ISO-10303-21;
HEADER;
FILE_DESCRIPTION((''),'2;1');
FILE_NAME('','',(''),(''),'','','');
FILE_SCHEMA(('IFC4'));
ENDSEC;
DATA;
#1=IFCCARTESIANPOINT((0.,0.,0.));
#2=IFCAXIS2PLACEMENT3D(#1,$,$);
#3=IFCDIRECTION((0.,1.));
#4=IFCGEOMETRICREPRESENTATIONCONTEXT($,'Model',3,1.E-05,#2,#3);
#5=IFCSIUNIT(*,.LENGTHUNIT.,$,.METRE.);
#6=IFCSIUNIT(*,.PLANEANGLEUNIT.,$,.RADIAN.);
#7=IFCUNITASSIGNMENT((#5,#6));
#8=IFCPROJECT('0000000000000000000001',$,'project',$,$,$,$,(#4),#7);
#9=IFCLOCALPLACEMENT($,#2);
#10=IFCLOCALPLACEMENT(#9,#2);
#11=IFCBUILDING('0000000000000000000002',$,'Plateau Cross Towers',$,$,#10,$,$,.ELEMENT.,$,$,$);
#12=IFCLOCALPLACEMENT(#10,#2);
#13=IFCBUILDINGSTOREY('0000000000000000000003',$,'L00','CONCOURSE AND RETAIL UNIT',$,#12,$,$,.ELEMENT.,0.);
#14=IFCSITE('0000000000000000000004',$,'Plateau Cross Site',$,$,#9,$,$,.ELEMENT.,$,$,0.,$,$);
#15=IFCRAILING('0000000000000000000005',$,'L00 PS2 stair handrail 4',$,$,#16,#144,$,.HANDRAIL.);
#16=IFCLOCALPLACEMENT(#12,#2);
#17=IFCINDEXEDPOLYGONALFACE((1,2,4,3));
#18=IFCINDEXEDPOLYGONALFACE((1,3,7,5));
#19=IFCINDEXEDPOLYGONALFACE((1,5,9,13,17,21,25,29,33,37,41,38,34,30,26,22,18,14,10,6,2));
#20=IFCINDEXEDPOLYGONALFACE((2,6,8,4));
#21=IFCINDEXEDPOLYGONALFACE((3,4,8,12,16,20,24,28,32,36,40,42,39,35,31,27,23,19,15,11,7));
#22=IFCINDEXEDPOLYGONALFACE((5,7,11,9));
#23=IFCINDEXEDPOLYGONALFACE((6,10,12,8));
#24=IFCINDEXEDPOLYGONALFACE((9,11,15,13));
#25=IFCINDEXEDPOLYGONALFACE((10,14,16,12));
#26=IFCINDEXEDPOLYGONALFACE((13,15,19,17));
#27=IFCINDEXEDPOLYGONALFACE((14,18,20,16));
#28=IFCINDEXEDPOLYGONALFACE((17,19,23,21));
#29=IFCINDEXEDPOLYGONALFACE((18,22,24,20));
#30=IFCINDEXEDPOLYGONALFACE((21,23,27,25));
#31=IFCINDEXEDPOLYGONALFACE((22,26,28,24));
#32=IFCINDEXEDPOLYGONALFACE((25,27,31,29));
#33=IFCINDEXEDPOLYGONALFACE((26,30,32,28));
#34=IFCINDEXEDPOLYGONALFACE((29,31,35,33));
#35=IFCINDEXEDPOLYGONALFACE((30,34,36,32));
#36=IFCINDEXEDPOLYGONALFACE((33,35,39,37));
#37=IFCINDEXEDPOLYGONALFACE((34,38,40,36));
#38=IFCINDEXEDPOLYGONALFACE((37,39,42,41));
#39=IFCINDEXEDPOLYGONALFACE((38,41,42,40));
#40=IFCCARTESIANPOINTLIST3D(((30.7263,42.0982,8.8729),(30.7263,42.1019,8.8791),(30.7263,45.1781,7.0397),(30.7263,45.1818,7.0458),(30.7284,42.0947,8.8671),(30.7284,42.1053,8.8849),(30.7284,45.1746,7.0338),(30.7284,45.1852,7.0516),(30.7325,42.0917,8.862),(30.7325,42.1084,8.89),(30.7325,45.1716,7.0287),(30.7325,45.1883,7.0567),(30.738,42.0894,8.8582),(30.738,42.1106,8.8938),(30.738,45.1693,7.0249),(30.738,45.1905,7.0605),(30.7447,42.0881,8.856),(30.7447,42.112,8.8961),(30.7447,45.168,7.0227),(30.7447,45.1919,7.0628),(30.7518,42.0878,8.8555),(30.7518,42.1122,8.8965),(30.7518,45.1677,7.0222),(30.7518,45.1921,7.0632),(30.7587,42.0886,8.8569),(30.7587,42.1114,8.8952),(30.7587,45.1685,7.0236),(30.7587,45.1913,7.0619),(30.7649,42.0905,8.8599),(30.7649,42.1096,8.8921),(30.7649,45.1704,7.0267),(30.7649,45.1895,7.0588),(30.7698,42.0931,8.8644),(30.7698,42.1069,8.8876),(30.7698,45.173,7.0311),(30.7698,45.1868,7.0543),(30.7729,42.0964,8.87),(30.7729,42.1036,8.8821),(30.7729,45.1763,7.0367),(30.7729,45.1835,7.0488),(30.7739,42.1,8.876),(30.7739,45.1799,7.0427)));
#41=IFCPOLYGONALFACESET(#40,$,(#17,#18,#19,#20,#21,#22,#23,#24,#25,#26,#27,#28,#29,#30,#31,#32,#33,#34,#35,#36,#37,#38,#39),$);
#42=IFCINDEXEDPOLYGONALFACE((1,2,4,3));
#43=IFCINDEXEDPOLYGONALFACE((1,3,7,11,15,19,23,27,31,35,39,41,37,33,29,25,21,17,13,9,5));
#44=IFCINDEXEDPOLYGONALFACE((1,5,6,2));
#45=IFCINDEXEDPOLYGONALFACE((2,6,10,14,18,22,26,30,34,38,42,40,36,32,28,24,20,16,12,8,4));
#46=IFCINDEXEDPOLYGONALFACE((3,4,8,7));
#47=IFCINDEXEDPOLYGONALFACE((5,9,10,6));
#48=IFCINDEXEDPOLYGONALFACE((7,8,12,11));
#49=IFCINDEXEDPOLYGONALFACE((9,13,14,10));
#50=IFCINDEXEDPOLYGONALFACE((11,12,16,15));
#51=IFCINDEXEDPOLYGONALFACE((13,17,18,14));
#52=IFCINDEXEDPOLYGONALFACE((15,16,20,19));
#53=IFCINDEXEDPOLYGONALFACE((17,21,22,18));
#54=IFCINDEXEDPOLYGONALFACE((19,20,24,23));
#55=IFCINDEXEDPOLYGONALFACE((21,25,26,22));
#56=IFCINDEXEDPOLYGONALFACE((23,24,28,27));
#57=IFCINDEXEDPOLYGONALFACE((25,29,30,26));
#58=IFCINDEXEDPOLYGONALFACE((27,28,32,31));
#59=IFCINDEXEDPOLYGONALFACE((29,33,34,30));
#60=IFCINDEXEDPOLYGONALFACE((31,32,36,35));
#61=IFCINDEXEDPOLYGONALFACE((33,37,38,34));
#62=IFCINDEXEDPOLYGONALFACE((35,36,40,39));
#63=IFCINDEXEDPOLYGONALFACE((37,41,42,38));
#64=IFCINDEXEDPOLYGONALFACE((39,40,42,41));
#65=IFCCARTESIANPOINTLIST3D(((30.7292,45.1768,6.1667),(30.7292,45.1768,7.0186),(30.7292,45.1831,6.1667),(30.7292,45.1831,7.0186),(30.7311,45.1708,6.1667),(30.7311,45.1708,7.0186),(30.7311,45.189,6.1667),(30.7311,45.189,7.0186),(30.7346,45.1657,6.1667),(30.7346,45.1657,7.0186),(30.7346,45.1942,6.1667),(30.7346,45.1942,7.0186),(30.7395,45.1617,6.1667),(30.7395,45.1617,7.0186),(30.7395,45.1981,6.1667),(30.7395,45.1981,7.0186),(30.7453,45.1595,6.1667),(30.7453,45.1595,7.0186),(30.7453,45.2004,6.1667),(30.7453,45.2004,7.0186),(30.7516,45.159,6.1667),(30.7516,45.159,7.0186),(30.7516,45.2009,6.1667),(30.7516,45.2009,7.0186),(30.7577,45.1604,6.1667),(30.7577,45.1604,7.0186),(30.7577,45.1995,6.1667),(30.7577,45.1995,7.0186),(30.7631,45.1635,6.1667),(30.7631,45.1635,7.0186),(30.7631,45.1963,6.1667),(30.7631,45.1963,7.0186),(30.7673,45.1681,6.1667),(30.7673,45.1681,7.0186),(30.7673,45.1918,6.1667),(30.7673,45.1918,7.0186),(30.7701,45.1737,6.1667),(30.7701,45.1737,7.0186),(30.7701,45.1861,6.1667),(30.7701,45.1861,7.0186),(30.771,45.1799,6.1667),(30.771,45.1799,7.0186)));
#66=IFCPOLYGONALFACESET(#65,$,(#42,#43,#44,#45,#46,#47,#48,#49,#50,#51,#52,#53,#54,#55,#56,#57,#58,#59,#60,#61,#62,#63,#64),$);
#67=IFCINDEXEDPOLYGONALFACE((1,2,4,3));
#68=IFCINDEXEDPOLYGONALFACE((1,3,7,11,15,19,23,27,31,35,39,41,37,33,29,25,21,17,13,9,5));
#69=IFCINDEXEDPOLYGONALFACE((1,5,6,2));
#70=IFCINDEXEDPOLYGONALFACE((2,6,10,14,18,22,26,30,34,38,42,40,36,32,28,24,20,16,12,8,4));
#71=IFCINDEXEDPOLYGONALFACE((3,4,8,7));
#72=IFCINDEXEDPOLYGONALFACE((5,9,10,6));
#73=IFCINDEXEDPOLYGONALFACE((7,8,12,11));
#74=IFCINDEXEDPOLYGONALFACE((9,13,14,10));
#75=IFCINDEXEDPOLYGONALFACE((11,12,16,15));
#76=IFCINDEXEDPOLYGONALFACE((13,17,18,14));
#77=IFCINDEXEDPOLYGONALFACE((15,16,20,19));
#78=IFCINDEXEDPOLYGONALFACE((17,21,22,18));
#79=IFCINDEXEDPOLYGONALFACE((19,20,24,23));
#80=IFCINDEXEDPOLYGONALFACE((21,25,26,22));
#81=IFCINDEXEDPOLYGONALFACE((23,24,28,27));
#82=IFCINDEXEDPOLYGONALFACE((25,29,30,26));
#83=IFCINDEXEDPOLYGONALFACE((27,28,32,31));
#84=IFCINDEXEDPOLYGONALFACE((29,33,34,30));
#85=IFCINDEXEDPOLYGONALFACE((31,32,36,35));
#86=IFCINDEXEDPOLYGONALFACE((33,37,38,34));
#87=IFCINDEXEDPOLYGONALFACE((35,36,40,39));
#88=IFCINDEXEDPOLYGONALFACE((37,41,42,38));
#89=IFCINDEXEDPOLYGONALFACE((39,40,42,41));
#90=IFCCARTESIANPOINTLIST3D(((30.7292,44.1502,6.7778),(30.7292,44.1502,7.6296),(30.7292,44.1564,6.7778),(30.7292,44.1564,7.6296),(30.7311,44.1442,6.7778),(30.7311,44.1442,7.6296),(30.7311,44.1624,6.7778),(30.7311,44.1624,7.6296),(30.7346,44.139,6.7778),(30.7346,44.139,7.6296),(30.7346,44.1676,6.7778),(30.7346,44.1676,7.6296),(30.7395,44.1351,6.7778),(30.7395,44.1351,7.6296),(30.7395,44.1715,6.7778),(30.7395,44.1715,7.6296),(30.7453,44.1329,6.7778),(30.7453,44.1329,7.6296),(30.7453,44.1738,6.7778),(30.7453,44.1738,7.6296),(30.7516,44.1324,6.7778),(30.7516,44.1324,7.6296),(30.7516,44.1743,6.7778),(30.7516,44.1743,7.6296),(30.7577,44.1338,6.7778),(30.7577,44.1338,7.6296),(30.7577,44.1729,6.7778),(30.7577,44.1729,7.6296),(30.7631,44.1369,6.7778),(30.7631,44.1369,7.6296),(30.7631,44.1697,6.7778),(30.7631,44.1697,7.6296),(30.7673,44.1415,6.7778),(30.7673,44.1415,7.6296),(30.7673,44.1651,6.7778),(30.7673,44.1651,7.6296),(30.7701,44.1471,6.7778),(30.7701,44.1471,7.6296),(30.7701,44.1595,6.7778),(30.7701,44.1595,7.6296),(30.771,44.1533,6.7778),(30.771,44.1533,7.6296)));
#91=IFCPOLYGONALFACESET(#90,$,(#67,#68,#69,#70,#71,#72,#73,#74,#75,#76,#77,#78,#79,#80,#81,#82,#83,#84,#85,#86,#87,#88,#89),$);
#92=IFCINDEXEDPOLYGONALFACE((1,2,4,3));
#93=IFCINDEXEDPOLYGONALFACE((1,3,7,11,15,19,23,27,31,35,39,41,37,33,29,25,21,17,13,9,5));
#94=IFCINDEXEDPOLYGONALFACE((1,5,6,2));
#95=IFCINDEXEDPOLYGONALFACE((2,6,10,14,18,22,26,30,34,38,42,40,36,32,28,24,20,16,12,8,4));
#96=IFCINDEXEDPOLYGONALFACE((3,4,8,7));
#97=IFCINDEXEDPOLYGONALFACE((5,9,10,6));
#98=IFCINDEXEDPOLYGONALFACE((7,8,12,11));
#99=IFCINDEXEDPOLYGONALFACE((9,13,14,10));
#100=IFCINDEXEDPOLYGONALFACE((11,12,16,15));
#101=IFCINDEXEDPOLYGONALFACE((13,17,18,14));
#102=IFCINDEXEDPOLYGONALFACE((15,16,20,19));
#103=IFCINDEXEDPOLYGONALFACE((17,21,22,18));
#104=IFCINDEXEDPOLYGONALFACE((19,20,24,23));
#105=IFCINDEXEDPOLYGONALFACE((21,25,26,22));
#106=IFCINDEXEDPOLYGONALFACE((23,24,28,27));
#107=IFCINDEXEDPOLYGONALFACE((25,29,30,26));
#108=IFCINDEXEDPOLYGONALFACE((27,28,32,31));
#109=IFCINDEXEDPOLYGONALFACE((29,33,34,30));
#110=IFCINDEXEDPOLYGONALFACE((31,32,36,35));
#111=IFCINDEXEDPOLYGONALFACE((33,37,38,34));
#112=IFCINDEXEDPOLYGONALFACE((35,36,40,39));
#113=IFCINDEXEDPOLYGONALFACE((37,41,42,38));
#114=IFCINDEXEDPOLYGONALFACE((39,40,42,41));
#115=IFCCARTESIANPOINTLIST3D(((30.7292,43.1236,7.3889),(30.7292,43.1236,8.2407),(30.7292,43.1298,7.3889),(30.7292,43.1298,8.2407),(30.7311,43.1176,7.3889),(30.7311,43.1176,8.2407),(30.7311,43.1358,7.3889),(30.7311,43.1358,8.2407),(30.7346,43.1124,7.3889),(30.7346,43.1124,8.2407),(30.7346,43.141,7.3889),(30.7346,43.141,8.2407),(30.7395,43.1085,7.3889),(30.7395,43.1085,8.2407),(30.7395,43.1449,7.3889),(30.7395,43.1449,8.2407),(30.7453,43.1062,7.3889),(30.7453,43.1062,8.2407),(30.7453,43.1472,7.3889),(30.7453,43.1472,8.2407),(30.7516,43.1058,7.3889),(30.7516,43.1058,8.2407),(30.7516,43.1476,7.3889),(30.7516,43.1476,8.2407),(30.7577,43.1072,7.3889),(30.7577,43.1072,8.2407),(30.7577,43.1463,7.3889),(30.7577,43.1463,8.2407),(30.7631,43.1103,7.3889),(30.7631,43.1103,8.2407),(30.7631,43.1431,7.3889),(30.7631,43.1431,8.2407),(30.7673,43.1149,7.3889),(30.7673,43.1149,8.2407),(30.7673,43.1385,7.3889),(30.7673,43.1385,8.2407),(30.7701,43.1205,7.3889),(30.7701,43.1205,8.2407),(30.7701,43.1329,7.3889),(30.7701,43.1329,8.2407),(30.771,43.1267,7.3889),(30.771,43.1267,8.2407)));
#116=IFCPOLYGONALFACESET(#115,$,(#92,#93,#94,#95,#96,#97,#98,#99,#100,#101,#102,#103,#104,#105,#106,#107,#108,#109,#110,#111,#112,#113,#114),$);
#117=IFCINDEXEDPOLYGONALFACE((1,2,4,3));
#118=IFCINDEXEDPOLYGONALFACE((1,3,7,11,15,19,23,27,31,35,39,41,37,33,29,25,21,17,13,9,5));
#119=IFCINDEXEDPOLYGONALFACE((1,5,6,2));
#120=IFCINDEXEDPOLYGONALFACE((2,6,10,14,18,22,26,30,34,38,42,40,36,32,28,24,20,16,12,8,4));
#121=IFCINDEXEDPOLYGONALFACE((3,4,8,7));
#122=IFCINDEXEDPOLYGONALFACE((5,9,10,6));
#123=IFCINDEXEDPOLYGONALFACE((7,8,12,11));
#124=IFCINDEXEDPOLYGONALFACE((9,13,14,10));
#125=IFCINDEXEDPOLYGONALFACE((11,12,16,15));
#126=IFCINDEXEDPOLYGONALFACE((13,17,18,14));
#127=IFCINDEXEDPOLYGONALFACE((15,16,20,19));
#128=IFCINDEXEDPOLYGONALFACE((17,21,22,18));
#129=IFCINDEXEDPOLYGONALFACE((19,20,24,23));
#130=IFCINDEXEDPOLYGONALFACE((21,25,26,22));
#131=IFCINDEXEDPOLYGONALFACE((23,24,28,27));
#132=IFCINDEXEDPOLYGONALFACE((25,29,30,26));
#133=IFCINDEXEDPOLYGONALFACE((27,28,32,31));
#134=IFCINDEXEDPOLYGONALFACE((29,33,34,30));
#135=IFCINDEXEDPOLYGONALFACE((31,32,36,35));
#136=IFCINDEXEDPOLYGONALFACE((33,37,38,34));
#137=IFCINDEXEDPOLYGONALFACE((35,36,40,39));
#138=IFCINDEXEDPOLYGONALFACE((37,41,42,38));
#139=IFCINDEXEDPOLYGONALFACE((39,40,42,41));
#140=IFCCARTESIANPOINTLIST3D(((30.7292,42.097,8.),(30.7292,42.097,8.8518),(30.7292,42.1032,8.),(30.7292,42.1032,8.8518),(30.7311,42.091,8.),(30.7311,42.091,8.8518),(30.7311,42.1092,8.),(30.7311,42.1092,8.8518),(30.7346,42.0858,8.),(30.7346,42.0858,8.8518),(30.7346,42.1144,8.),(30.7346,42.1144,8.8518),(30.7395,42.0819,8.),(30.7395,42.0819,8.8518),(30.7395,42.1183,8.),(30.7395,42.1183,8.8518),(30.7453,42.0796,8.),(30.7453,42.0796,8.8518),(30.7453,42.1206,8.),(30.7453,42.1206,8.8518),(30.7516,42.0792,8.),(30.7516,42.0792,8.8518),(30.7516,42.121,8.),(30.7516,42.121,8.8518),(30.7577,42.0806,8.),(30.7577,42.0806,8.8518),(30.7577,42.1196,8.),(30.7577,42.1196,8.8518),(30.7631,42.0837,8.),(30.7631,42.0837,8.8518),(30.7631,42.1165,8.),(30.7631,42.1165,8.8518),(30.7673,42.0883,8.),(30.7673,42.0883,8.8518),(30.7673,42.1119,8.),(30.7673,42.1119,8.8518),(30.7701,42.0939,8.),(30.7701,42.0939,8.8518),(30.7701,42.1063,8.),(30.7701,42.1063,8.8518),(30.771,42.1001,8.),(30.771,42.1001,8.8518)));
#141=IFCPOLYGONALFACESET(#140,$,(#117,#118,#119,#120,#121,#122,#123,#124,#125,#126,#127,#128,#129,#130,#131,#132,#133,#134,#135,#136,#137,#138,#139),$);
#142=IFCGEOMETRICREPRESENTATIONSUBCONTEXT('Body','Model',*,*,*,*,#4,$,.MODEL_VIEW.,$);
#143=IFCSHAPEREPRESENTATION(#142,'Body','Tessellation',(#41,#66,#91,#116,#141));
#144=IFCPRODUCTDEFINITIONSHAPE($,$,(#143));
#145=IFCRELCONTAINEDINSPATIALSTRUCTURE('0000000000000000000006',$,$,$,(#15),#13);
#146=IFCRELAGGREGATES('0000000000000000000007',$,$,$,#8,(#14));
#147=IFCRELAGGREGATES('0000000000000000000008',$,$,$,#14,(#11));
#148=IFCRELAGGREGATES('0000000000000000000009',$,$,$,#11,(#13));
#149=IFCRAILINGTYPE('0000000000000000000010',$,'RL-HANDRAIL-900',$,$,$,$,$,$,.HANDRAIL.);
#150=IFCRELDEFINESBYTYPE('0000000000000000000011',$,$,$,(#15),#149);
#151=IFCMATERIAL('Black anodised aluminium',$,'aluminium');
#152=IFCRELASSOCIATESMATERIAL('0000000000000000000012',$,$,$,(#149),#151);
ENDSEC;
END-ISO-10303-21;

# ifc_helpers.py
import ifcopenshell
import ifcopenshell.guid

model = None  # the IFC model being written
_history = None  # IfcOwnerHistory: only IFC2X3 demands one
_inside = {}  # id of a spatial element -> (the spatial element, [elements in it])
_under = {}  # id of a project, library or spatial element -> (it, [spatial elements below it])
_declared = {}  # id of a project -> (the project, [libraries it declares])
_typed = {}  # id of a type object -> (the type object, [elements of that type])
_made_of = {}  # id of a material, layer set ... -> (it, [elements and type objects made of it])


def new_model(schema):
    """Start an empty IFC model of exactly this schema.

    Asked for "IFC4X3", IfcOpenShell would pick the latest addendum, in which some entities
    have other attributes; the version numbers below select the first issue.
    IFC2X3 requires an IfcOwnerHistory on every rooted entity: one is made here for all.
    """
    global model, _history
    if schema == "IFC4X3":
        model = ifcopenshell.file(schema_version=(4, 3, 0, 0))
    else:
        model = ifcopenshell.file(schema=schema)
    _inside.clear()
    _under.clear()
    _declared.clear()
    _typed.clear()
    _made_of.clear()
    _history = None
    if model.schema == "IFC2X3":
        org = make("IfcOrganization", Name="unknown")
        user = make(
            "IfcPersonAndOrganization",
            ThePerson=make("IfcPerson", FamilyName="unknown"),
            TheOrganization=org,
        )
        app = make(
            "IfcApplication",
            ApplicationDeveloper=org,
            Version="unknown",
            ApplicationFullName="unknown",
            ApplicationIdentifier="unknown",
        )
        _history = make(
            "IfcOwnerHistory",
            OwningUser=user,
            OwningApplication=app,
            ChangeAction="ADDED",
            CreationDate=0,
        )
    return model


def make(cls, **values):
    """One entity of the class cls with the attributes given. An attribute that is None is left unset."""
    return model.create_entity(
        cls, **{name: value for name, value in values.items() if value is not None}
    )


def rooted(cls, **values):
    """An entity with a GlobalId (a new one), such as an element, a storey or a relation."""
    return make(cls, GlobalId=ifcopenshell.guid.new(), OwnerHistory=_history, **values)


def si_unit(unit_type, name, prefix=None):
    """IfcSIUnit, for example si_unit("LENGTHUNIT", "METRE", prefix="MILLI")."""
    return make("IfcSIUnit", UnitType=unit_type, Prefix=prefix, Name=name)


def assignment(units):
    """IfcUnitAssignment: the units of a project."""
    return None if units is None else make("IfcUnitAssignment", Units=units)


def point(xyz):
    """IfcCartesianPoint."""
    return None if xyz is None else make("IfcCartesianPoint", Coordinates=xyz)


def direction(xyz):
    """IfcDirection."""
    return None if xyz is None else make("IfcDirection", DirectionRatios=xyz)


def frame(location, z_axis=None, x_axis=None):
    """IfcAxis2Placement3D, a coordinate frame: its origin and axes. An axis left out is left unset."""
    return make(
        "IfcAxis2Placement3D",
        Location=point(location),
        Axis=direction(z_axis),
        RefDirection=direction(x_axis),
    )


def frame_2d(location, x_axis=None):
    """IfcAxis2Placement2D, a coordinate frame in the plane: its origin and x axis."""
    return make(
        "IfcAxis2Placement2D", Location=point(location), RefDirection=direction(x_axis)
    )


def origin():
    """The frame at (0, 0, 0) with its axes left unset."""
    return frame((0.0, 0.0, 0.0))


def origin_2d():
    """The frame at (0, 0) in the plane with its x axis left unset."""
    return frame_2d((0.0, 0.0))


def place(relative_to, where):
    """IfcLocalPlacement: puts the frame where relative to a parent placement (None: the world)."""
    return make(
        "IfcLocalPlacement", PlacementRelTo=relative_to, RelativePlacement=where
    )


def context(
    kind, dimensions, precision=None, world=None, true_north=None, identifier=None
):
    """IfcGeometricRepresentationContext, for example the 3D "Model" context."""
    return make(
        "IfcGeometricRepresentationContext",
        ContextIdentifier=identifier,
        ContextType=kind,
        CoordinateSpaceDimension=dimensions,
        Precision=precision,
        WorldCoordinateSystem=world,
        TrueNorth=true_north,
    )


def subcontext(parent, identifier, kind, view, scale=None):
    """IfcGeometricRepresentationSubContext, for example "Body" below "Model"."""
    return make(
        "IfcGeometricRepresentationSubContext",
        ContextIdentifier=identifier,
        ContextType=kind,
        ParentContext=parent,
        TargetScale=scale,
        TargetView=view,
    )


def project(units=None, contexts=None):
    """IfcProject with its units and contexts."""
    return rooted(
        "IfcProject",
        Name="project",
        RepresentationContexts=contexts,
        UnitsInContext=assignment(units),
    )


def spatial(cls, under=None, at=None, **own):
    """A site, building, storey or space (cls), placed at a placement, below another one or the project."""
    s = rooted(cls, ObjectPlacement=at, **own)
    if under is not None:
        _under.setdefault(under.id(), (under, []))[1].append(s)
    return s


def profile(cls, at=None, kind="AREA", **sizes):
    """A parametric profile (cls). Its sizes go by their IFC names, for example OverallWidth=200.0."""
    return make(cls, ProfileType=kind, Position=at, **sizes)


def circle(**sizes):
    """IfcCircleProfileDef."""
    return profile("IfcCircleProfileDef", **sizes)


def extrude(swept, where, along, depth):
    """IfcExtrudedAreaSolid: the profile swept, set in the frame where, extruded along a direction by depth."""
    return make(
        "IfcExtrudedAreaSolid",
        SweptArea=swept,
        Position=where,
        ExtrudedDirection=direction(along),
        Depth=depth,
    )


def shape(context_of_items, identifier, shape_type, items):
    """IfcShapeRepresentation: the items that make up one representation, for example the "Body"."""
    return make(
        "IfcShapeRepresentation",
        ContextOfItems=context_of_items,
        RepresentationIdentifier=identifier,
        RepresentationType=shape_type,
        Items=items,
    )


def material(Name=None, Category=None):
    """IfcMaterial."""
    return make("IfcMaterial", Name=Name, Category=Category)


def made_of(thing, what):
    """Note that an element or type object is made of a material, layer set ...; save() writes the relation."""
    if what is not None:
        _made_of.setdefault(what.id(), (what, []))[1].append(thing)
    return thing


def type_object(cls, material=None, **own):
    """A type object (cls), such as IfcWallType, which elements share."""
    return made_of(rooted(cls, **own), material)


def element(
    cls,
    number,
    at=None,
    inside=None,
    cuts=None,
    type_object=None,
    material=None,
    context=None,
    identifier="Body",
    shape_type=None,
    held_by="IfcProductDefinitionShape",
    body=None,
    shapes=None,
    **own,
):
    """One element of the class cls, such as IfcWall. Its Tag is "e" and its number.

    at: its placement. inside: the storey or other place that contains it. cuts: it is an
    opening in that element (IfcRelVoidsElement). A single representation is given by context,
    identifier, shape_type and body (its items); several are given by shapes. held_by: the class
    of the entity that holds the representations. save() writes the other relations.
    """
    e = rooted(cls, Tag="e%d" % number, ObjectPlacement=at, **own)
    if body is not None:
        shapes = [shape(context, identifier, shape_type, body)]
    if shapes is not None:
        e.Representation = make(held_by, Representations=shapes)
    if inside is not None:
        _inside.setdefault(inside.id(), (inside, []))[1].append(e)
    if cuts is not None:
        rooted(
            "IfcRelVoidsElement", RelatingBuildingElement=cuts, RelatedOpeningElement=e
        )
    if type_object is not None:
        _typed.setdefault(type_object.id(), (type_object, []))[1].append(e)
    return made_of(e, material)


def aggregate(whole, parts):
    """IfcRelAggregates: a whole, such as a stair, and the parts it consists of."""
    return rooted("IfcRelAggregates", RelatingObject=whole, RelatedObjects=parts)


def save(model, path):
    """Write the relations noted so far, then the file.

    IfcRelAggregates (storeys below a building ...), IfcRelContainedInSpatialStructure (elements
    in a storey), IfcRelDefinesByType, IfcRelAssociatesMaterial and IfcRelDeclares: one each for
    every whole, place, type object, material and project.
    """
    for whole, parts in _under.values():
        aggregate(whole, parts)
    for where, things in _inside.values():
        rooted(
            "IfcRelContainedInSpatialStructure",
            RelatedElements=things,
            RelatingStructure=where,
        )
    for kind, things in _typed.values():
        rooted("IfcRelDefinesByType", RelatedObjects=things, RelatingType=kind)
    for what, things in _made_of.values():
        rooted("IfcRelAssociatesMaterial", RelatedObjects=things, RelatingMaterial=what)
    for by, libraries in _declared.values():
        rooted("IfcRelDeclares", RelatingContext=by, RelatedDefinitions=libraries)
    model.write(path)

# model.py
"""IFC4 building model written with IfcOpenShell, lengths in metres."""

from ifc_helpers import new_model, si_unit, direction, frame, origin, origin_2d, place, context, subcontext, project, spatial, circle, extrude, material, type_object, element, save


model = new_model("IFC4")

# Units and contexts
model_context = context("Model", 3, precision=1e-05, world=origin(), true_north=direction((0.0, 1.0)))
body_context = subcontext(model_context, "Body", "Model", "MODEL_VIEW")
ifc_project = project(units=[si_unit("LENGTHUNIT", "METRE"), si_unit("PLANEANGLEUNIT", "RADIAN")], contexts=[model_context])

# Site, building, storey
site_placement = place(None, origin())
site = spatial("IfcSite", under=ifc_project, at=site_placement, Name="Plateau Cross Site", CompositionType="ELEMENT", RefElevation=0.0)
building_placement = place(site_placement, origin())
building = spatial("IfcBuilding", under=site, at=building_placement, Name="Plateau Cross Towers", CompositionType="ELEMENT")
storey_placement = place(building_placement, origin())
storey = spatial("IfcBuildingStorey", under=building, at=storey_placement, Name="L00", Description="CONCOURSE AND RETAIL UNIT", CompositionType="ELEMENT", Elevation=0.0)

# Shared definitions
ifc_material_1 = material(Name="Black anodised aluminium", Category="aluminium")

# Railing
railing_type_1 = type_object("IfcRailingType", Name="RL-HANDRAIL-900", PredefinedType="HANDRAIL", material=ifc_material_1)
for number, where, name in (
    (1, (30.75, 45.1799, 6.1667), "L00 PS2 stair handrail 4"),
):
    element("IfcRailing", number, at=place(storey_placement, frame(where)), inside=storey, type_object=railing_type_1, Name=name, PredefinedType="HANDRAIL", context=body_context, shape_type="SweptSolid", body=[
        extrude(circle(Radius=0.0239, at=origin_2d()), frame((0.0, 0.0, 0.876), z_axis=(0.0, -0.859291, 0.511487), x_axis=(1.0, 0.0, 0.0)), (0.0, 0.0, 1.0), 3.5842),
        extrude(circle(Radius=0.021, at=origin_2d()), origin(), (0.0, 0.0, 1.0), 0.8518),
        extrude(circle(Radius=0.021, at=origin_2d()), frame((0.0, -1.0266, 0.6111)), (0.0, 0.0, 1.0), 0.8518),
        extrude(circle(Radius=0.021, at=origin_2d()), frame((0.0, -2.0532, 1.2222)), (0.0, 0.0, 1.0), 0.8518),
        extrude(circle(Radius=0.021, at=origin_2d()), frame((0.0, -3.0798, 1.8333)), (0.0, 0.0, 1.0), 0.8518),
    ])

save(model, "model.ifc")
